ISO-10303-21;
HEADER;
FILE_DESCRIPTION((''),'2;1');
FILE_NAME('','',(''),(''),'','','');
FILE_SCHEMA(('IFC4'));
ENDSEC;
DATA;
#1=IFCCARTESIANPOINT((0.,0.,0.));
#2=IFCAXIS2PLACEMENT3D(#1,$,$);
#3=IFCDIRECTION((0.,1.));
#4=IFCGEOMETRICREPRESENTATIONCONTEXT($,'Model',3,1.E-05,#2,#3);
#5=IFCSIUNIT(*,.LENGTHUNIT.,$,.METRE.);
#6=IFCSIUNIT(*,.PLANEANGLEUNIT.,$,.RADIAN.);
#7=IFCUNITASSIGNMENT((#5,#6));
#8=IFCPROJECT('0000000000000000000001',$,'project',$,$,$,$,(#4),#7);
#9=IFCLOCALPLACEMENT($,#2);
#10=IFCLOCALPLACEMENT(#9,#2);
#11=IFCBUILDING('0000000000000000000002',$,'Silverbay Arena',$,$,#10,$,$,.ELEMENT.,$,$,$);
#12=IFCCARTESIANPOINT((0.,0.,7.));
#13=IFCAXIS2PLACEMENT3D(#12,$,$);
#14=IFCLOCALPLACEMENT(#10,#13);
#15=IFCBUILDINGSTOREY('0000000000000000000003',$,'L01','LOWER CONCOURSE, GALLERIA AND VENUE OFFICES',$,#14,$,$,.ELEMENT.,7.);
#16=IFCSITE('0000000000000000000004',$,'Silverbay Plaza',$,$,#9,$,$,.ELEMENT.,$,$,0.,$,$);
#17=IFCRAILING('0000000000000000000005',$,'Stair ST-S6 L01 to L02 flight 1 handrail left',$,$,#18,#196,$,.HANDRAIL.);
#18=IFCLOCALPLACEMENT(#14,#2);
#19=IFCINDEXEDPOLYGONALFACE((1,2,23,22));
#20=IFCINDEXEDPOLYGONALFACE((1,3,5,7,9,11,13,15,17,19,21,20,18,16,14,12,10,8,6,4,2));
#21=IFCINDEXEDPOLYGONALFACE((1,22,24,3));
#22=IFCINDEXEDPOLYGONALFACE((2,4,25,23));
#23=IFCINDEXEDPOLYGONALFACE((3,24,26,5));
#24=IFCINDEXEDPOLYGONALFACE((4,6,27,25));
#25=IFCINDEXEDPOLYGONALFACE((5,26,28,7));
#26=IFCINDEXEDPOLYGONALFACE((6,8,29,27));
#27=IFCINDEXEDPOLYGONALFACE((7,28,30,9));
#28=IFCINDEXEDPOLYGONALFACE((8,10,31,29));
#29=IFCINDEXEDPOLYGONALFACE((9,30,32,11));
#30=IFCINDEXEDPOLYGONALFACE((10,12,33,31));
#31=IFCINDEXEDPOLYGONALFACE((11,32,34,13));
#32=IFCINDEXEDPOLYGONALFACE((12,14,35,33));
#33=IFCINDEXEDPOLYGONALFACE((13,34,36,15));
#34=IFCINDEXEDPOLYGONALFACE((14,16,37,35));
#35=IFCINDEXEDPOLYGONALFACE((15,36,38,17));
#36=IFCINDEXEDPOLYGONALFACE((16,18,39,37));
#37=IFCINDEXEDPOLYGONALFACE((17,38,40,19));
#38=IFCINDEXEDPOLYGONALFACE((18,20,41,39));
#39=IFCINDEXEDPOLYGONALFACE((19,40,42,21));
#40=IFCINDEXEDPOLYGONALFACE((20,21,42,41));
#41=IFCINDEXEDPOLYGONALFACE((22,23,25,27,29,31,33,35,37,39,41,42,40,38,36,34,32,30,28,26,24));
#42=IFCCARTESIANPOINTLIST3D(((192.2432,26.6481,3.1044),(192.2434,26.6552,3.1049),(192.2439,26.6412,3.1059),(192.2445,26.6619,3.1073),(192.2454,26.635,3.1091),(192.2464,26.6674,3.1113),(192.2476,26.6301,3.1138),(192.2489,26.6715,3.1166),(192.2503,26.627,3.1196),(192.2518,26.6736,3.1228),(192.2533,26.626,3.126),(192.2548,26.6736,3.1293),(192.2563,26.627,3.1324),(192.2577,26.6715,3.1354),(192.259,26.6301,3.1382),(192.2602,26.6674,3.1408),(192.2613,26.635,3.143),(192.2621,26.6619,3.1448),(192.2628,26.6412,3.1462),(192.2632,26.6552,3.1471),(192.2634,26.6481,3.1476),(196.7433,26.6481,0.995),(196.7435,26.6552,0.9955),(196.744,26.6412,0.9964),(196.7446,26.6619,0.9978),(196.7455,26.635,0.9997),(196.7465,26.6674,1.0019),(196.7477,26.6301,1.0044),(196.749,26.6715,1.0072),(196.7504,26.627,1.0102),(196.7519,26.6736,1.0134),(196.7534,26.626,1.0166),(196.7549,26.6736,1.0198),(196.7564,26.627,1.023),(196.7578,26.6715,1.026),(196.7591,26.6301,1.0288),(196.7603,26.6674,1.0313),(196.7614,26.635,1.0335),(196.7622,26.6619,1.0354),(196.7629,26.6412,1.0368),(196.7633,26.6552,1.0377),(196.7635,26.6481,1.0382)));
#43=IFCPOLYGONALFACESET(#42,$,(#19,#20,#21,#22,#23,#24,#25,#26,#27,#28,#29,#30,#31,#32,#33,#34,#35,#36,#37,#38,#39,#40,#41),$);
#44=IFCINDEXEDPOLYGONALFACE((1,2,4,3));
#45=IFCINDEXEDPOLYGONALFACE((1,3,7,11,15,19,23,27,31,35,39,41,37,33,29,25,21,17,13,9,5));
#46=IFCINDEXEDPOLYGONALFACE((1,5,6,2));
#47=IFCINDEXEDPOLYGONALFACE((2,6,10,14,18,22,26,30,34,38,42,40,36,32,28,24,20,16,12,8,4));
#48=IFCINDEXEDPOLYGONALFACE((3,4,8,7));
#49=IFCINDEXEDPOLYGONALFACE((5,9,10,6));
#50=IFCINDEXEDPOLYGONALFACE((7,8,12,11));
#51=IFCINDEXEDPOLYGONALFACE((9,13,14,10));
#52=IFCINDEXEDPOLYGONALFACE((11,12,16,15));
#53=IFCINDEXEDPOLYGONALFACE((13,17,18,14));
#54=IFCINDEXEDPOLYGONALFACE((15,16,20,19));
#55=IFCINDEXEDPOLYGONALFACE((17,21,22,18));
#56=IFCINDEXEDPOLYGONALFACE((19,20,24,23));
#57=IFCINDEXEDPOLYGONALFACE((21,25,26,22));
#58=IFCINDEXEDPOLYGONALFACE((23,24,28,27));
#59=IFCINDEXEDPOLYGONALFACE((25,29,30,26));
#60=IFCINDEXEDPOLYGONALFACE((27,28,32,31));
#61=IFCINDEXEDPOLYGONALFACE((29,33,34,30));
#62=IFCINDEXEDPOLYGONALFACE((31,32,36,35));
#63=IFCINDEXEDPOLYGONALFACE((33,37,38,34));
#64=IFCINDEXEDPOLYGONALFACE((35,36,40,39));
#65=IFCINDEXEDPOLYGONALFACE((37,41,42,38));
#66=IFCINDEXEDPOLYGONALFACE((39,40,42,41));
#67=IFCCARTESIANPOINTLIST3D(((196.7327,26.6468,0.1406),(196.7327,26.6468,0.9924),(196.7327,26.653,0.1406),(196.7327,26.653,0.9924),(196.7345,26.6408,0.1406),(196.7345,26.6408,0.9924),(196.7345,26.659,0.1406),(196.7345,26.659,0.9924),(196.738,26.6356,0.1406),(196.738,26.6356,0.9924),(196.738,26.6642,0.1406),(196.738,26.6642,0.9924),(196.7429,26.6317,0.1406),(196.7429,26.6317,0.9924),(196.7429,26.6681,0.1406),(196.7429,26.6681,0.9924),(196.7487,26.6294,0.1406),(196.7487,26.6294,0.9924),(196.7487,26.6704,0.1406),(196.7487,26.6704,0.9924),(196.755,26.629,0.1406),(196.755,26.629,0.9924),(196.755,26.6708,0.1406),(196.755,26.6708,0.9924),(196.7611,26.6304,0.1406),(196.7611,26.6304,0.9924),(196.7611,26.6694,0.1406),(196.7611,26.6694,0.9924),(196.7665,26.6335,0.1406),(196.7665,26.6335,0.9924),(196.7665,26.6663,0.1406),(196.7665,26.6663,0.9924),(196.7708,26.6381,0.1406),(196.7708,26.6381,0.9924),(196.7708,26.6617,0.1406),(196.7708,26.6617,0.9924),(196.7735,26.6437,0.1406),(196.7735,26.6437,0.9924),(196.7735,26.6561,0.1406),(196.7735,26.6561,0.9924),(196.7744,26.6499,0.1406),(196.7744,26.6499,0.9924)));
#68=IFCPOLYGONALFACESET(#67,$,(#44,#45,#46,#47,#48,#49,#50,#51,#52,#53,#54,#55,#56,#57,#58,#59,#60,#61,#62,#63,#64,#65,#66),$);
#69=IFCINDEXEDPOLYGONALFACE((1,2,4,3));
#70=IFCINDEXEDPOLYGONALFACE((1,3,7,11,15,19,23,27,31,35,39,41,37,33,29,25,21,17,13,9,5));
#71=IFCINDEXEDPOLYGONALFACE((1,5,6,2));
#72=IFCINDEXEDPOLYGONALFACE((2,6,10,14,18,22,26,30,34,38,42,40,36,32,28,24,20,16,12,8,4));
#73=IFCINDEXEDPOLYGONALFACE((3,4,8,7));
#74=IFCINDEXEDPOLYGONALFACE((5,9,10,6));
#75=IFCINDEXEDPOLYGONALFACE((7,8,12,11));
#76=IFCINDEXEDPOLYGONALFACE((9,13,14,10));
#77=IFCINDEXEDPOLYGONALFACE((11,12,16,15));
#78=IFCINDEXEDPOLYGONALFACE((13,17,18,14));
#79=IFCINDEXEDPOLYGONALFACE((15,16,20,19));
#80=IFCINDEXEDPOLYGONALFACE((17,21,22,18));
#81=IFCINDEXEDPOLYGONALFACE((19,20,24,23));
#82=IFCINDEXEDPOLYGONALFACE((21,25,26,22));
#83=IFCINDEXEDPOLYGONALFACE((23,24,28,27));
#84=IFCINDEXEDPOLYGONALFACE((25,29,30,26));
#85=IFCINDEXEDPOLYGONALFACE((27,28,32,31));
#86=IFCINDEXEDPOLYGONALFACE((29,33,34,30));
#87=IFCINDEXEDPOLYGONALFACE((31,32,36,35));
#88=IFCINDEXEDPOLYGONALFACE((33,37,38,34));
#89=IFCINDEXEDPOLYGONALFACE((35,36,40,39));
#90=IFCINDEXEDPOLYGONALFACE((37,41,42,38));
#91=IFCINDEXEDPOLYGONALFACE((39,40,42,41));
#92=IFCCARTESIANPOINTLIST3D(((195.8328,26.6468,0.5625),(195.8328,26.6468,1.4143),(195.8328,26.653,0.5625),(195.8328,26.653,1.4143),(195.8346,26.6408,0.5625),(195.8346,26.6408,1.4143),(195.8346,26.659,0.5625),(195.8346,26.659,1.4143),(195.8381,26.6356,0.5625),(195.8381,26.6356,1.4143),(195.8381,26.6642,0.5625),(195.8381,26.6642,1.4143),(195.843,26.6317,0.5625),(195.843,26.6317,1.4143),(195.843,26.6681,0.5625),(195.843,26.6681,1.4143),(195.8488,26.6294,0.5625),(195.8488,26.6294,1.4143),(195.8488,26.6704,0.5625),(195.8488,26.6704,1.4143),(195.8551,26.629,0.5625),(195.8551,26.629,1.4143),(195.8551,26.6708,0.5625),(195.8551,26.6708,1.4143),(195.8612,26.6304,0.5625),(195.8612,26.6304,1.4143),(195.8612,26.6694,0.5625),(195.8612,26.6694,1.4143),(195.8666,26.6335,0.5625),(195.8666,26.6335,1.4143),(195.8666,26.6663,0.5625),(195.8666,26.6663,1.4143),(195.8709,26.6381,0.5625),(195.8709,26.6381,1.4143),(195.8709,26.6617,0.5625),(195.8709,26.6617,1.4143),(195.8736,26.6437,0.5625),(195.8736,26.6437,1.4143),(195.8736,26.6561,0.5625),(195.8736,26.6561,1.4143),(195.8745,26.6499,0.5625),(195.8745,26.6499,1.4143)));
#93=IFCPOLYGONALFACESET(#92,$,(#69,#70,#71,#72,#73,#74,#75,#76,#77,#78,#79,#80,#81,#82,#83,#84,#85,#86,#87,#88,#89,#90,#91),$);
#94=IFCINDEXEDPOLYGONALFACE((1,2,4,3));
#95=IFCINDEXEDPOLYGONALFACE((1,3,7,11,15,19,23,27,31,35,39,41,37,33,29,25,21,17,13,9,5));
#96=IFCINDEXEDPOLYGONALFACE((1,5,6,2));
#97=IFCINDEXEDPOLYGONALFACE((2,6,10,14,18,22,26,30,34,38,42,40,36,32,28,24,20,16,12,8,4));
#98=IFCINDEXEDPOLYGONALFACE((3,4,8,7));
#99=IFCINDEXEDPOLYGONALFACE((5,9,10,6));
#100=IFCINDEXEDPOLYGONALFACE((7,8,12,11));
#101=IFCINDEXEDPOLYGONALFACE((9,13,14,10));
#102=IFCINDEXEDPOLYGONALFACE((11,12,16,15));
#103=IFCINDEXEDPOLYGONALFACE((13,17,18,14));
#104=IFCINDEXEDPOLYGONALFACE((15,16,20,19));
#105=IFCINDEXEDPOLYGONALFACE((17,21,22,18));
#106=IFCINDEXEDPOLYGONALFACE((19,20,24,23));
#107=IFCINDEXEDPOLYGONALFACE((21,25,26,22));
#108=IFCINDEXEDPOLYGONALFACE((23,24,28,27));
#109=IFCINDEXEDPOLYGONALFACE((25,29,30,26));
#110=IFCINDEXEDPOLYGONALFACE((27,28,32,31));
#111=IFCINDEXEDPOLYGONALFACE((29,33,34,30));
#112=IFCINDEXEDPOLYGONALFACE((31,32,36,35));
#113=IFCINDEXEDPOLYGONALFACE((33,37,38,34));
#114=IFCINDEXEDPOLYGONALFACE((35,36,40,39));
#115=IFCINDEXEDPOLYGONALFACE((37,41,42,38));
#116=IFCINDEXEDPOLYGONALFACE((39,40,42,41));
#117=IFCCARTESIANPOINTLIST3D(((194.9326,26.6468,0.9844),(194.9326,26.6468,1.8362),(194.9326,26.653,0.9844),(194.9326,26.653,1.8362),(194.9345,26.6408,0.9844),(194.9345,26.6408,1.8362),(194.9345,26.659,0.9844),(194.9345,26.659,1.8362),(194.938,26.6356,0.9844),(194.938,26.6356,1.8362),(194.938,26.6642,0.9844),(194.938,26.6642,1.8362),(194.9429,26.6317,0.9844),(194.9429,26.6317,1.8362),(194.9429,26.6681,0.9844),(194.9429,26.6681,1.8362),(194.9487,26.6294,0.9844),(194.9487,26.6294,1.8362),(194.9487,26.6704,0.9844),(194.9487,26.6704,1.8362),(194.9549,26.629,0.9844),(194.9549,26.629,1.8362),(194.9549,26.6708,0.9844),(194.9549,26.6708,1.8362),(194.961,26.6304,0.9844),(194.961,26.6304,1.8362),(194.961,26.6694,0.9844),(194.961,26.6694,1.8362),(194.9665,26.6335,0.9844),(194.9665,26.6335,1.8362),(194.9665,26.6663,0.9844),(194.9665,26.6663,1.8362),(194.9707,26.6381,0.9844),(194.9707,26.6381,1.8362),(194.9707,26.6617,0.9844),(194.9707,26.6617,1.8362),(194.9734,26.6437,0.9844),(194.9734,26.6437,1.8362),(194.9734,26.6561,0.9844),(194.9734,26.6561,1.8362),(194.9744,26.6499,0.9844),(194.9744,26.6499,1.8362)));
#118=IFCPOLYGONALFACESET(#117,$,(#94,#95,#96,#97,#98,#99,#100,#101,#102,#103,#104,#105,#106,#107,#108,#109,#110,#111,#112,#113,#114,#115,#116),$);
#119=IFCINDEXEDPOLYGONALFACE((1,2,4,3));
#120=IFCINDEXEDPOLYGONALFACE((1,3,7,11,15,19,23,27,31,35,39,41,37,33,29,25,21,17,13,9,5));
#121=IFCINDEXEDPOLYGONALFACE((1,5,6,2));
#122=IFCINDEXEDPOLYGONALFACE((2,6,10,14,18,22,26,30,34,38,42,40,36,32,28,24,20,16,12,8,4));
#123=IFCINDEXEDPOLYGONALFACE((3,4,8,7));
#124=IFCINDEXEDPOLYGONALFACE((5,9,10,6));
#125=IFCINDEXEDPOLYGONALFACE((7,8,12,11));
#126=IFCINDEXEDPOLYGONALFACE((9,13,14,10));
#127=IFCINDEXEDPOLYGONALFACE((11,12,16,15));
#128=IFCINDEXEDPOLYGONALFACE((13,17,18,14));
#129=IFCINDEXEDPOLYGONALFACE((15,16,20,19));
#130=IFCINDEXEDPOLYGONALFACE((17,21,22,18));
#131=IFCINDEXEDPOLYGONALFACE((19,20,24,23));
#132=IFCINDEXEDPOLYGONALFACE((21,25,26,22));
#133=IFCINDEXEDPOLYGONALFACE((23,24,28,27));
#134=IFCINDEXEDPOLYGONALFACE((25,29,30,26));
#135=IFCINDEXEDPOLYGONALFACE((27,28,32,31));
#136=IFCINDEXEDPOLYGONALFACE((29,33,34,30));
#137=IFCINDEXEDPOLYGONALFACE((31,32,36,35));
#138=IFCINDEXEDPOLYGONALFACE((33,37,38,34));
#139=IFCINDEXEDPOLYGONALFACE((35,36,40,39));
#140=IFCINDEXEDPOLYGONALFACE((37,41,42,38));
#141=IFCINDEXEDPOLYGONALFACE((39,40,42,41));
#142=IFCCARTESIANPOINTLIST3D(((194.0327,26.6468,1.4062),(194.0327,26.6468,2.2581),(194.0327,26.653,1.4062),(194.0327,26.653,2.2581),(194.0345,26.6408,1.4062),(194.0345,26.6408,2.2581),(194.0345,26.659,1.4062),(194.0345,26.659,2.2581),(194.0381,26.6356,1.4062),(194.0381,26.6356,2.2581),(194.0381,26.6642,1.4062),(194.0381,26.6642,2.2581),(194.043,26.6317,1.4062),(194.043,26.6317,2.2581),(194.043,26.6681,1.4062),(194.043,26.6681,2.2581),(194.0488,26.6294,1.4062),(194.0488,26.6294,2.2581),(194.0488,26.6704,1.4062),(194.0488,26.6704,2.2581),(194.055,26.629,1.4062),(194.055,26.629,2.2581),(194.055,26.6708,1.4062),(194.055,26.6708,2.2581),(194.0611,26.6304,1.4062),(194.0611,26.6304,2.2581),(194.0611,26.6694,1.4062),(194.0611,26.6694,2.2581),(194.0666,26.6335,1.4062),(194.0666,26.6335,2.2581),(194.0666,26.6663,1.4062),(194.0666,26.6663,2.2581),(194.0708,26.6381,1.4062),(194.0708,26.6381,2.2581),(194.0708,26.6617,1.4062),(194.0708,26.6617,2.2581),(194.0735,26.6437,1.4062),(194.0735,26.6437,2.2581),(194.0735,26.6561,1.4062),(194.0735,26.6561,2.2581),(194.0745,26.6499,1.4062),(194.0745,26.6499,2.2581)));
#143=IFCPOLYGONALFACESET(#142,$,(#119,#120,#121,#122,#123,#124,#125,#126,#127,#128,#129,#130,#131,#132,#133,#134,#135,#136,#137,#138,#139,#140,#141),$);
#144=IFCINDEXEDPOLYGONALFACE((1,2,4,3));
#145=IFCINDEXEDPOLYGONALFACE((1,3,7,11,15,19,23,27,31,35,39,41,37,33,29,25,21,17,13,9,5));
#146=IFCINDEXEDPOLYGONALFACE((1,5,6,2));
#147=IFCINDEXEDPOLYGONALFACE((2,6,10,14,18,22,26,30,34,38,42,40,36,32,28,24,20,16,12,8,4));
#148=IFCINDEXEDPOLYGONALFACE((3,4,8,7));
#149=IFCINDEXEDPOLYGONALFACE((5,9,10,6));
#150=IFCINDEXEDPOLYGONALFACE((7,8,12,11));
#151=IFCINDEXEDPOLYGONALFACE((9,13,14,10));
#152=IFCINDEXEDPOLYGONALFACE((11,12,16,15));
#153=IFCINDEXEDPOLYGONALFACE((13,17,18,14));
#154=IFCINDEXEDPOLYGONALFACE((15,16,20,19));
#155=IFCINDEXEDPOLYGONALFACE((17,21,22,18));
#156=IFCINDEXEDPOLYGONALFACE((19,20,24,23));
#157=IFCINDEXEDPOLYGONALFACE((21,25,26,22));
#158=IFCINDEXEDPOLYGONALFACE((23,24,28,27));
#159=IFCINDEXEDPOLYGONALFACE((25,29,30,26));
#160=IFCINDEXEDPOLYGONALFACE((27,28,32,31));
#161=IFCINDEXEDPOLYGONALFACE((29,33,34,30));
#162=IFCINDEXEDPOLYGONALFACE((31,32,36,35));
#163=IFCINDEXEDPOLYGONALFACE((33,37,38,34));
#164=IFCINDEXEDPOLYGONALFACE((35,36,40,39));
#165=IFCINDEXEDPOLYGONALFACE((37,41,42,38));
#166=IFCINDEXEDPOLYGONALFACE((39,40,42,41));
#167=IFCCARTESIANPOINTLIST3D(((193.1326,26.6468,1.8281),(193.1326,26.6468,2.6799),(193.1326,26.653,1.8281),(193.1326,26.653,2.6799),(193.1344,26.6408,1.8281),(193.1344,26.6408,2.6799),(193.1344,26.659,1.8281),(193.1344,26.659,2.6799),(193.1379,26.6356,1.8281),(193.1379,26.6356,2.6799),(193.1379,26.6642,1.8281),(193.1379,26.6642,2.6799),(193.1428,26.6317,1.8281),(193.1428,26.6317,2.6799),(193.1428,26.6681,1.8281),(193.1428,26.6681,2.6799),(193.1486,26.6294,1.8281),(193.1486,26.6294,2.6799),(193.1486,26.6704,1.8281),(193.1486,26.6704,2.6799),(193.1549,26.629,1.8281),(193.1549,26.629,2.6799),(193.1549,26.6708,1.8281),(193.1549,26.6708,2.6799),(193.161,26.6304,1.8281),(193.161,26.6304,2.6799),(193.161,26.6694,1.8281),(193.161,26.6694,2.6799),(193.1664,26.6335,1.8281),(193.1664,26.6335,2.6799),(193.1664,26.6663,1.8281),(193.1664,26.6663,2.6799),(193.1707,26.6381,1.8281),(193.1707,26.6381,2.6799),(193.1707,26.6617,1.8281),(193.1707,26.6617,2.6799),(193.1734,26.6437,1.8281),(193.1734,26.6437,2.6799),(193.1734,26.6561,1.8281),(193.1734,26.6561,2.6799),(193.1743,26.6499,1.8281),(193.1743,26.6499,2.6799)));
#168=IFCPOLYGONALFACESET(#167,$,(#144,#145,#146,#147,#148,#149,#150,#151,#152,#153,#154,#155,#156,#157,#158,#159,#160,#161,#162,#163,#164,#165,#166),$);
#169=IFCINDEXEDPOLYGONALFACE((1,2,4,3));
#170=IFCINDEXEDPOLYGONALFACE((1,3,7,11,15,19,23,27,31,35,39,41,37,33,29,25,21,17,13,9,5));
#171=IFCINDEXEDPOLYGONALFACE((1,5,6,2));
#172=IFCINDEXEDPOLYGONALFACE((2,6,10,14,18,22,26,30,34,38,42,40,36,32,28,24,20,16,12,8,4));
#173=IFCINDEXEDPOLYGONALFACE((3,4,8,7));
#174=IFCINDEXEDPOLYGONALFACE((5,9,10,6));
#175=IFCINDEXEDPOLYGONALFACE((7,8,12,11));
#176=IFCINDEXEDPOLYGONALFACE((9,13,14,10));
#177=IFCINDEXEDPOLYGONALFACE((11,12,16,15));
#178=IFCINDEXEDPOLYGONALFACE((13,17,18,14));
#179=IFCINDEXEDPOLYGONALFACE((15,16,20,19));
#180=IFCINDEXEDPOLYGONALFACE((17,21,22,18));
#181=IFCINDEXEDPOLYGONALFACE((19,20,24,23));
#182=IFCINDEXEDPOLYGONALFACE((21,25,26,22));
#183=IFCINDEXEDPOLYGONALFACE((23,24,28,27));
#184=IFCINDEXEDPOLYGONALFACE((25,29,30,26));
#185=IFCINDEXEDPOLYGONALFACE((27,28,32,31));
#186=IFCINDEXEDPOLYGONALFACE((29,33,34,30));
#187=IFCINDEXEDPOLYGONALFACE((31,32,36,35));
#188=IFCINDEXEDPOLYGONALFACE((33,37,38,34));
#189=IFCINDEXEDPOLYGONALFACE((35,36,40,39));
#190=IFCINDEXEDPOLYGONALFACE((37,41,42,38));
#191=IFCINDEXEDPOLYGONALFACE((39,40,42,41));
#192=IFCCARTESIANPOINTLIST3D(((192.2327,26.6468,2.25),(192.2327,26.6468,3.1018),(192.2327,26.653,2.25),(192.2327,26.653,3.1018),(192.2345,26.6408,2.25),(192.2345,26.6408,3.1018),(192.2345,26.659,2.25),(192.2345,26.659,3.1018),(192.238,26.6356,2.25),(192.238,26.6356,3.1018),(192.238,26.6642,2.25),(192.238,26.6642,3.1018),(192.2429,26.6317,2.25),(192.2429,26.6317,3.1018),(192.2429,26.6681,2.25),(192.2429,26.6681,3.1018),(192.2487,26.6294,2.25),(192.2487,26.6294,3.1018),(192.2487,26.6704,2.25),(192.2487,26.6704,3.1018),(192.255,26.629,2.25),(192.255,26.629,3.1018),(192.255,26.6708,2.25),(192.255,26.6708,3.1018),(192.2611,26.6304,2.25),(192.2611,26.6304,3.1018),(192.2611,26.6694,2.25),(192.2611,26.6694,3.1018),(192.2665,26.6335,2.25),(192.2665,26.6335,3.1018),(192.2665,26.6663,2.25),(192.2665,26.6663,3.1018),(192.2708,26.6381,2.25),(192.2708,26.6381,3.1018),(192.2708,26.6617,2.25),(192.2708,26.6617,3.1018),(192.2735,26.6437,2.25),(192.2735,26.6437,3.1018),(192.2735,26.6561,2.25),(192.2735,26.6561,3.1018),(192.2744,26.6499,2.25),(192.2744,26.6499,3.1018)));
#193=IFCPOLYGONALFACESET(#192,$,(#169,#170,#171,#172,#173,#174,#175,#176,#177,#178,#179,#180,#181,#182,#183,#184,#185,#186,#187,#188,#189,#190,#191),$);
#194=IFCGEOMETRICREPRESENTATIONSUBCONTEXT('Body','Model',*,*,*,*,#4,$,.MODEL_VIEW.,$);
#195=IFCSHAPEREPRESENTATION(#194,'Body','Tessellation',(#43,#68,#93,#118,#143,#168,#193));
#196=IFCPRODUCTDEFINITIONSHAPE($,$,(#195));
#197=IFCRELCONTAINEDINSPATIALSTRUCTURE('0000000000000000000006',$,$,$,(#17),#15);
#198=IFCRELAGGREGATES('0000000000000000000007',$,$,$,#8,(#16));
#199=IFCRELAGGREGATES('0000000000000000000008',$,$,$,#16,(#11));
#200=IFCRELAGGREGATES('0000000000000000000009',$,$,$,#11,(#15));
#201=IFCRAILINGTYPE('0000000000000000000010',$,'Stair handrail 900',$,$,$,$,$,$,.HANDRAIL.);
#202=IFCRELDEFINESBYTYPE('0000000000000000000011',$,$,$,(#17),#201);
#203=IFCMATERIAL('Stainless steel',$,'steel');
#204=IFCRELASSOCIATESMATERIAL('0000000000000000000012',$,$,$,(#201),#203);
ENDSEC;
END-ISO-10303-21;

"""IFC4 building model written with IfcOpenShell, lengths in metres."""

from ifc_helpers import new_model, si_unit, direction, frame, origin, origin_2d, place, context, subcontext, project, spatial, circle, extrude, material, type_object, element, save


model = new_model("IFC4")

# Units and contexts
model_context = context("Model", 3, precision=1e-05, world=origin(), true_north=direction((0.0, 1.0)))
body_context = subcontext(model_context, "Body", "Model", "MODEL_VIEW")
ifc_project = project(units=[si_unit("LENGTHUNIT", "METRE"), si_unit("PLANEANGLEUNIT", "RADIAN")], contexts=[model_context])

# Site, building, storey
site_placement = place(None, origin())
site = spatial("IfcSite", under=ifc_project, at=site_placement, Name="Silverbay Plaza", CompositionType="ELEMENT", RefElevation=0.0)
building_placement = place(site_placement, origin())
building = spatial("IfcBuilding", under=site, at=building_placement, Name="Silverbay Arena", CompositionType="ELEMENT")
storey_placement = place(building_placement, frame((0.0, 0.0, 7.0)))
storey = spatial("IfcBuildingStorey", under=building, at=storey_placement, Name="L01", Description="LOWER CONCOURSE, GALLERIA AND VENUE OFFICES", CompositionType="ELEMENT", Elevation=7.0)

# Railing
ifc_material_1 = material(Name="Stainless steel", Category="steel")
railing_type_1 = type_object("IfcRailingType", Name="Stair handrail 900", PredefinedType="HANDRAIL", material=ifc_material_1)
for number, where, name in (
    (1, (196.7534, 26.6499, 0.1406), "Stair ST-S6 L01 to L02 flight 1 handrail left"),
):
    element("IfcRailing", number, at=place(storey_placement, frame(where)), inside=storey, type_object=railing_type_1, Name=name, PredefinedType="HANDRAIL", context=body_context, shape_type="SweptSolid", body=[
        extrude(circle(Radius=0.0239, at=origin_2d()), frame((0.0, 0.0, 0.876), z_axis=(-0.905459, 0.0, 0.424434), x_axis=(0.0, -1.0, 0.0)), (0.0, 0.0, 1.0), 4.97),
        extrude(circle(Radius=0.021, at=origin_2d()), origin(), (0.0, 0.0, 1.0), 0.8518),
        extrude(circle(Radius=0.021, at=origin_2d()), frame((-0.8999, 0.0, 0.4219)), (0.0, 0.0, 1.0), 0.8518),
        extrude(circle(Radius=0.021, at=origin_2d()), frame((-1.8, 0.0, 0.8438)), (0.0, 0.0, 1.0), 0.8518),
        extrude(circle(Radius=0.021, at=origin_2d()), frame((-2.7, 0.0, 1.2656)), (0.0, 0.0, 1.0), 0.8518),
        extrude(circle(Radius=0.021, at=origin_2d()), frame((-3.6001, 0.0, 1.6875)), (0.0, 0.0, 1.0), 0.8518),
        extrude(circle(Radius=0.021, at=origin_2d()), frame((-4.5, 0.0, 2.1094)), (0.0, 0.0, 1.0), 0.8518),
    ])

save(model, "model.ifc")
